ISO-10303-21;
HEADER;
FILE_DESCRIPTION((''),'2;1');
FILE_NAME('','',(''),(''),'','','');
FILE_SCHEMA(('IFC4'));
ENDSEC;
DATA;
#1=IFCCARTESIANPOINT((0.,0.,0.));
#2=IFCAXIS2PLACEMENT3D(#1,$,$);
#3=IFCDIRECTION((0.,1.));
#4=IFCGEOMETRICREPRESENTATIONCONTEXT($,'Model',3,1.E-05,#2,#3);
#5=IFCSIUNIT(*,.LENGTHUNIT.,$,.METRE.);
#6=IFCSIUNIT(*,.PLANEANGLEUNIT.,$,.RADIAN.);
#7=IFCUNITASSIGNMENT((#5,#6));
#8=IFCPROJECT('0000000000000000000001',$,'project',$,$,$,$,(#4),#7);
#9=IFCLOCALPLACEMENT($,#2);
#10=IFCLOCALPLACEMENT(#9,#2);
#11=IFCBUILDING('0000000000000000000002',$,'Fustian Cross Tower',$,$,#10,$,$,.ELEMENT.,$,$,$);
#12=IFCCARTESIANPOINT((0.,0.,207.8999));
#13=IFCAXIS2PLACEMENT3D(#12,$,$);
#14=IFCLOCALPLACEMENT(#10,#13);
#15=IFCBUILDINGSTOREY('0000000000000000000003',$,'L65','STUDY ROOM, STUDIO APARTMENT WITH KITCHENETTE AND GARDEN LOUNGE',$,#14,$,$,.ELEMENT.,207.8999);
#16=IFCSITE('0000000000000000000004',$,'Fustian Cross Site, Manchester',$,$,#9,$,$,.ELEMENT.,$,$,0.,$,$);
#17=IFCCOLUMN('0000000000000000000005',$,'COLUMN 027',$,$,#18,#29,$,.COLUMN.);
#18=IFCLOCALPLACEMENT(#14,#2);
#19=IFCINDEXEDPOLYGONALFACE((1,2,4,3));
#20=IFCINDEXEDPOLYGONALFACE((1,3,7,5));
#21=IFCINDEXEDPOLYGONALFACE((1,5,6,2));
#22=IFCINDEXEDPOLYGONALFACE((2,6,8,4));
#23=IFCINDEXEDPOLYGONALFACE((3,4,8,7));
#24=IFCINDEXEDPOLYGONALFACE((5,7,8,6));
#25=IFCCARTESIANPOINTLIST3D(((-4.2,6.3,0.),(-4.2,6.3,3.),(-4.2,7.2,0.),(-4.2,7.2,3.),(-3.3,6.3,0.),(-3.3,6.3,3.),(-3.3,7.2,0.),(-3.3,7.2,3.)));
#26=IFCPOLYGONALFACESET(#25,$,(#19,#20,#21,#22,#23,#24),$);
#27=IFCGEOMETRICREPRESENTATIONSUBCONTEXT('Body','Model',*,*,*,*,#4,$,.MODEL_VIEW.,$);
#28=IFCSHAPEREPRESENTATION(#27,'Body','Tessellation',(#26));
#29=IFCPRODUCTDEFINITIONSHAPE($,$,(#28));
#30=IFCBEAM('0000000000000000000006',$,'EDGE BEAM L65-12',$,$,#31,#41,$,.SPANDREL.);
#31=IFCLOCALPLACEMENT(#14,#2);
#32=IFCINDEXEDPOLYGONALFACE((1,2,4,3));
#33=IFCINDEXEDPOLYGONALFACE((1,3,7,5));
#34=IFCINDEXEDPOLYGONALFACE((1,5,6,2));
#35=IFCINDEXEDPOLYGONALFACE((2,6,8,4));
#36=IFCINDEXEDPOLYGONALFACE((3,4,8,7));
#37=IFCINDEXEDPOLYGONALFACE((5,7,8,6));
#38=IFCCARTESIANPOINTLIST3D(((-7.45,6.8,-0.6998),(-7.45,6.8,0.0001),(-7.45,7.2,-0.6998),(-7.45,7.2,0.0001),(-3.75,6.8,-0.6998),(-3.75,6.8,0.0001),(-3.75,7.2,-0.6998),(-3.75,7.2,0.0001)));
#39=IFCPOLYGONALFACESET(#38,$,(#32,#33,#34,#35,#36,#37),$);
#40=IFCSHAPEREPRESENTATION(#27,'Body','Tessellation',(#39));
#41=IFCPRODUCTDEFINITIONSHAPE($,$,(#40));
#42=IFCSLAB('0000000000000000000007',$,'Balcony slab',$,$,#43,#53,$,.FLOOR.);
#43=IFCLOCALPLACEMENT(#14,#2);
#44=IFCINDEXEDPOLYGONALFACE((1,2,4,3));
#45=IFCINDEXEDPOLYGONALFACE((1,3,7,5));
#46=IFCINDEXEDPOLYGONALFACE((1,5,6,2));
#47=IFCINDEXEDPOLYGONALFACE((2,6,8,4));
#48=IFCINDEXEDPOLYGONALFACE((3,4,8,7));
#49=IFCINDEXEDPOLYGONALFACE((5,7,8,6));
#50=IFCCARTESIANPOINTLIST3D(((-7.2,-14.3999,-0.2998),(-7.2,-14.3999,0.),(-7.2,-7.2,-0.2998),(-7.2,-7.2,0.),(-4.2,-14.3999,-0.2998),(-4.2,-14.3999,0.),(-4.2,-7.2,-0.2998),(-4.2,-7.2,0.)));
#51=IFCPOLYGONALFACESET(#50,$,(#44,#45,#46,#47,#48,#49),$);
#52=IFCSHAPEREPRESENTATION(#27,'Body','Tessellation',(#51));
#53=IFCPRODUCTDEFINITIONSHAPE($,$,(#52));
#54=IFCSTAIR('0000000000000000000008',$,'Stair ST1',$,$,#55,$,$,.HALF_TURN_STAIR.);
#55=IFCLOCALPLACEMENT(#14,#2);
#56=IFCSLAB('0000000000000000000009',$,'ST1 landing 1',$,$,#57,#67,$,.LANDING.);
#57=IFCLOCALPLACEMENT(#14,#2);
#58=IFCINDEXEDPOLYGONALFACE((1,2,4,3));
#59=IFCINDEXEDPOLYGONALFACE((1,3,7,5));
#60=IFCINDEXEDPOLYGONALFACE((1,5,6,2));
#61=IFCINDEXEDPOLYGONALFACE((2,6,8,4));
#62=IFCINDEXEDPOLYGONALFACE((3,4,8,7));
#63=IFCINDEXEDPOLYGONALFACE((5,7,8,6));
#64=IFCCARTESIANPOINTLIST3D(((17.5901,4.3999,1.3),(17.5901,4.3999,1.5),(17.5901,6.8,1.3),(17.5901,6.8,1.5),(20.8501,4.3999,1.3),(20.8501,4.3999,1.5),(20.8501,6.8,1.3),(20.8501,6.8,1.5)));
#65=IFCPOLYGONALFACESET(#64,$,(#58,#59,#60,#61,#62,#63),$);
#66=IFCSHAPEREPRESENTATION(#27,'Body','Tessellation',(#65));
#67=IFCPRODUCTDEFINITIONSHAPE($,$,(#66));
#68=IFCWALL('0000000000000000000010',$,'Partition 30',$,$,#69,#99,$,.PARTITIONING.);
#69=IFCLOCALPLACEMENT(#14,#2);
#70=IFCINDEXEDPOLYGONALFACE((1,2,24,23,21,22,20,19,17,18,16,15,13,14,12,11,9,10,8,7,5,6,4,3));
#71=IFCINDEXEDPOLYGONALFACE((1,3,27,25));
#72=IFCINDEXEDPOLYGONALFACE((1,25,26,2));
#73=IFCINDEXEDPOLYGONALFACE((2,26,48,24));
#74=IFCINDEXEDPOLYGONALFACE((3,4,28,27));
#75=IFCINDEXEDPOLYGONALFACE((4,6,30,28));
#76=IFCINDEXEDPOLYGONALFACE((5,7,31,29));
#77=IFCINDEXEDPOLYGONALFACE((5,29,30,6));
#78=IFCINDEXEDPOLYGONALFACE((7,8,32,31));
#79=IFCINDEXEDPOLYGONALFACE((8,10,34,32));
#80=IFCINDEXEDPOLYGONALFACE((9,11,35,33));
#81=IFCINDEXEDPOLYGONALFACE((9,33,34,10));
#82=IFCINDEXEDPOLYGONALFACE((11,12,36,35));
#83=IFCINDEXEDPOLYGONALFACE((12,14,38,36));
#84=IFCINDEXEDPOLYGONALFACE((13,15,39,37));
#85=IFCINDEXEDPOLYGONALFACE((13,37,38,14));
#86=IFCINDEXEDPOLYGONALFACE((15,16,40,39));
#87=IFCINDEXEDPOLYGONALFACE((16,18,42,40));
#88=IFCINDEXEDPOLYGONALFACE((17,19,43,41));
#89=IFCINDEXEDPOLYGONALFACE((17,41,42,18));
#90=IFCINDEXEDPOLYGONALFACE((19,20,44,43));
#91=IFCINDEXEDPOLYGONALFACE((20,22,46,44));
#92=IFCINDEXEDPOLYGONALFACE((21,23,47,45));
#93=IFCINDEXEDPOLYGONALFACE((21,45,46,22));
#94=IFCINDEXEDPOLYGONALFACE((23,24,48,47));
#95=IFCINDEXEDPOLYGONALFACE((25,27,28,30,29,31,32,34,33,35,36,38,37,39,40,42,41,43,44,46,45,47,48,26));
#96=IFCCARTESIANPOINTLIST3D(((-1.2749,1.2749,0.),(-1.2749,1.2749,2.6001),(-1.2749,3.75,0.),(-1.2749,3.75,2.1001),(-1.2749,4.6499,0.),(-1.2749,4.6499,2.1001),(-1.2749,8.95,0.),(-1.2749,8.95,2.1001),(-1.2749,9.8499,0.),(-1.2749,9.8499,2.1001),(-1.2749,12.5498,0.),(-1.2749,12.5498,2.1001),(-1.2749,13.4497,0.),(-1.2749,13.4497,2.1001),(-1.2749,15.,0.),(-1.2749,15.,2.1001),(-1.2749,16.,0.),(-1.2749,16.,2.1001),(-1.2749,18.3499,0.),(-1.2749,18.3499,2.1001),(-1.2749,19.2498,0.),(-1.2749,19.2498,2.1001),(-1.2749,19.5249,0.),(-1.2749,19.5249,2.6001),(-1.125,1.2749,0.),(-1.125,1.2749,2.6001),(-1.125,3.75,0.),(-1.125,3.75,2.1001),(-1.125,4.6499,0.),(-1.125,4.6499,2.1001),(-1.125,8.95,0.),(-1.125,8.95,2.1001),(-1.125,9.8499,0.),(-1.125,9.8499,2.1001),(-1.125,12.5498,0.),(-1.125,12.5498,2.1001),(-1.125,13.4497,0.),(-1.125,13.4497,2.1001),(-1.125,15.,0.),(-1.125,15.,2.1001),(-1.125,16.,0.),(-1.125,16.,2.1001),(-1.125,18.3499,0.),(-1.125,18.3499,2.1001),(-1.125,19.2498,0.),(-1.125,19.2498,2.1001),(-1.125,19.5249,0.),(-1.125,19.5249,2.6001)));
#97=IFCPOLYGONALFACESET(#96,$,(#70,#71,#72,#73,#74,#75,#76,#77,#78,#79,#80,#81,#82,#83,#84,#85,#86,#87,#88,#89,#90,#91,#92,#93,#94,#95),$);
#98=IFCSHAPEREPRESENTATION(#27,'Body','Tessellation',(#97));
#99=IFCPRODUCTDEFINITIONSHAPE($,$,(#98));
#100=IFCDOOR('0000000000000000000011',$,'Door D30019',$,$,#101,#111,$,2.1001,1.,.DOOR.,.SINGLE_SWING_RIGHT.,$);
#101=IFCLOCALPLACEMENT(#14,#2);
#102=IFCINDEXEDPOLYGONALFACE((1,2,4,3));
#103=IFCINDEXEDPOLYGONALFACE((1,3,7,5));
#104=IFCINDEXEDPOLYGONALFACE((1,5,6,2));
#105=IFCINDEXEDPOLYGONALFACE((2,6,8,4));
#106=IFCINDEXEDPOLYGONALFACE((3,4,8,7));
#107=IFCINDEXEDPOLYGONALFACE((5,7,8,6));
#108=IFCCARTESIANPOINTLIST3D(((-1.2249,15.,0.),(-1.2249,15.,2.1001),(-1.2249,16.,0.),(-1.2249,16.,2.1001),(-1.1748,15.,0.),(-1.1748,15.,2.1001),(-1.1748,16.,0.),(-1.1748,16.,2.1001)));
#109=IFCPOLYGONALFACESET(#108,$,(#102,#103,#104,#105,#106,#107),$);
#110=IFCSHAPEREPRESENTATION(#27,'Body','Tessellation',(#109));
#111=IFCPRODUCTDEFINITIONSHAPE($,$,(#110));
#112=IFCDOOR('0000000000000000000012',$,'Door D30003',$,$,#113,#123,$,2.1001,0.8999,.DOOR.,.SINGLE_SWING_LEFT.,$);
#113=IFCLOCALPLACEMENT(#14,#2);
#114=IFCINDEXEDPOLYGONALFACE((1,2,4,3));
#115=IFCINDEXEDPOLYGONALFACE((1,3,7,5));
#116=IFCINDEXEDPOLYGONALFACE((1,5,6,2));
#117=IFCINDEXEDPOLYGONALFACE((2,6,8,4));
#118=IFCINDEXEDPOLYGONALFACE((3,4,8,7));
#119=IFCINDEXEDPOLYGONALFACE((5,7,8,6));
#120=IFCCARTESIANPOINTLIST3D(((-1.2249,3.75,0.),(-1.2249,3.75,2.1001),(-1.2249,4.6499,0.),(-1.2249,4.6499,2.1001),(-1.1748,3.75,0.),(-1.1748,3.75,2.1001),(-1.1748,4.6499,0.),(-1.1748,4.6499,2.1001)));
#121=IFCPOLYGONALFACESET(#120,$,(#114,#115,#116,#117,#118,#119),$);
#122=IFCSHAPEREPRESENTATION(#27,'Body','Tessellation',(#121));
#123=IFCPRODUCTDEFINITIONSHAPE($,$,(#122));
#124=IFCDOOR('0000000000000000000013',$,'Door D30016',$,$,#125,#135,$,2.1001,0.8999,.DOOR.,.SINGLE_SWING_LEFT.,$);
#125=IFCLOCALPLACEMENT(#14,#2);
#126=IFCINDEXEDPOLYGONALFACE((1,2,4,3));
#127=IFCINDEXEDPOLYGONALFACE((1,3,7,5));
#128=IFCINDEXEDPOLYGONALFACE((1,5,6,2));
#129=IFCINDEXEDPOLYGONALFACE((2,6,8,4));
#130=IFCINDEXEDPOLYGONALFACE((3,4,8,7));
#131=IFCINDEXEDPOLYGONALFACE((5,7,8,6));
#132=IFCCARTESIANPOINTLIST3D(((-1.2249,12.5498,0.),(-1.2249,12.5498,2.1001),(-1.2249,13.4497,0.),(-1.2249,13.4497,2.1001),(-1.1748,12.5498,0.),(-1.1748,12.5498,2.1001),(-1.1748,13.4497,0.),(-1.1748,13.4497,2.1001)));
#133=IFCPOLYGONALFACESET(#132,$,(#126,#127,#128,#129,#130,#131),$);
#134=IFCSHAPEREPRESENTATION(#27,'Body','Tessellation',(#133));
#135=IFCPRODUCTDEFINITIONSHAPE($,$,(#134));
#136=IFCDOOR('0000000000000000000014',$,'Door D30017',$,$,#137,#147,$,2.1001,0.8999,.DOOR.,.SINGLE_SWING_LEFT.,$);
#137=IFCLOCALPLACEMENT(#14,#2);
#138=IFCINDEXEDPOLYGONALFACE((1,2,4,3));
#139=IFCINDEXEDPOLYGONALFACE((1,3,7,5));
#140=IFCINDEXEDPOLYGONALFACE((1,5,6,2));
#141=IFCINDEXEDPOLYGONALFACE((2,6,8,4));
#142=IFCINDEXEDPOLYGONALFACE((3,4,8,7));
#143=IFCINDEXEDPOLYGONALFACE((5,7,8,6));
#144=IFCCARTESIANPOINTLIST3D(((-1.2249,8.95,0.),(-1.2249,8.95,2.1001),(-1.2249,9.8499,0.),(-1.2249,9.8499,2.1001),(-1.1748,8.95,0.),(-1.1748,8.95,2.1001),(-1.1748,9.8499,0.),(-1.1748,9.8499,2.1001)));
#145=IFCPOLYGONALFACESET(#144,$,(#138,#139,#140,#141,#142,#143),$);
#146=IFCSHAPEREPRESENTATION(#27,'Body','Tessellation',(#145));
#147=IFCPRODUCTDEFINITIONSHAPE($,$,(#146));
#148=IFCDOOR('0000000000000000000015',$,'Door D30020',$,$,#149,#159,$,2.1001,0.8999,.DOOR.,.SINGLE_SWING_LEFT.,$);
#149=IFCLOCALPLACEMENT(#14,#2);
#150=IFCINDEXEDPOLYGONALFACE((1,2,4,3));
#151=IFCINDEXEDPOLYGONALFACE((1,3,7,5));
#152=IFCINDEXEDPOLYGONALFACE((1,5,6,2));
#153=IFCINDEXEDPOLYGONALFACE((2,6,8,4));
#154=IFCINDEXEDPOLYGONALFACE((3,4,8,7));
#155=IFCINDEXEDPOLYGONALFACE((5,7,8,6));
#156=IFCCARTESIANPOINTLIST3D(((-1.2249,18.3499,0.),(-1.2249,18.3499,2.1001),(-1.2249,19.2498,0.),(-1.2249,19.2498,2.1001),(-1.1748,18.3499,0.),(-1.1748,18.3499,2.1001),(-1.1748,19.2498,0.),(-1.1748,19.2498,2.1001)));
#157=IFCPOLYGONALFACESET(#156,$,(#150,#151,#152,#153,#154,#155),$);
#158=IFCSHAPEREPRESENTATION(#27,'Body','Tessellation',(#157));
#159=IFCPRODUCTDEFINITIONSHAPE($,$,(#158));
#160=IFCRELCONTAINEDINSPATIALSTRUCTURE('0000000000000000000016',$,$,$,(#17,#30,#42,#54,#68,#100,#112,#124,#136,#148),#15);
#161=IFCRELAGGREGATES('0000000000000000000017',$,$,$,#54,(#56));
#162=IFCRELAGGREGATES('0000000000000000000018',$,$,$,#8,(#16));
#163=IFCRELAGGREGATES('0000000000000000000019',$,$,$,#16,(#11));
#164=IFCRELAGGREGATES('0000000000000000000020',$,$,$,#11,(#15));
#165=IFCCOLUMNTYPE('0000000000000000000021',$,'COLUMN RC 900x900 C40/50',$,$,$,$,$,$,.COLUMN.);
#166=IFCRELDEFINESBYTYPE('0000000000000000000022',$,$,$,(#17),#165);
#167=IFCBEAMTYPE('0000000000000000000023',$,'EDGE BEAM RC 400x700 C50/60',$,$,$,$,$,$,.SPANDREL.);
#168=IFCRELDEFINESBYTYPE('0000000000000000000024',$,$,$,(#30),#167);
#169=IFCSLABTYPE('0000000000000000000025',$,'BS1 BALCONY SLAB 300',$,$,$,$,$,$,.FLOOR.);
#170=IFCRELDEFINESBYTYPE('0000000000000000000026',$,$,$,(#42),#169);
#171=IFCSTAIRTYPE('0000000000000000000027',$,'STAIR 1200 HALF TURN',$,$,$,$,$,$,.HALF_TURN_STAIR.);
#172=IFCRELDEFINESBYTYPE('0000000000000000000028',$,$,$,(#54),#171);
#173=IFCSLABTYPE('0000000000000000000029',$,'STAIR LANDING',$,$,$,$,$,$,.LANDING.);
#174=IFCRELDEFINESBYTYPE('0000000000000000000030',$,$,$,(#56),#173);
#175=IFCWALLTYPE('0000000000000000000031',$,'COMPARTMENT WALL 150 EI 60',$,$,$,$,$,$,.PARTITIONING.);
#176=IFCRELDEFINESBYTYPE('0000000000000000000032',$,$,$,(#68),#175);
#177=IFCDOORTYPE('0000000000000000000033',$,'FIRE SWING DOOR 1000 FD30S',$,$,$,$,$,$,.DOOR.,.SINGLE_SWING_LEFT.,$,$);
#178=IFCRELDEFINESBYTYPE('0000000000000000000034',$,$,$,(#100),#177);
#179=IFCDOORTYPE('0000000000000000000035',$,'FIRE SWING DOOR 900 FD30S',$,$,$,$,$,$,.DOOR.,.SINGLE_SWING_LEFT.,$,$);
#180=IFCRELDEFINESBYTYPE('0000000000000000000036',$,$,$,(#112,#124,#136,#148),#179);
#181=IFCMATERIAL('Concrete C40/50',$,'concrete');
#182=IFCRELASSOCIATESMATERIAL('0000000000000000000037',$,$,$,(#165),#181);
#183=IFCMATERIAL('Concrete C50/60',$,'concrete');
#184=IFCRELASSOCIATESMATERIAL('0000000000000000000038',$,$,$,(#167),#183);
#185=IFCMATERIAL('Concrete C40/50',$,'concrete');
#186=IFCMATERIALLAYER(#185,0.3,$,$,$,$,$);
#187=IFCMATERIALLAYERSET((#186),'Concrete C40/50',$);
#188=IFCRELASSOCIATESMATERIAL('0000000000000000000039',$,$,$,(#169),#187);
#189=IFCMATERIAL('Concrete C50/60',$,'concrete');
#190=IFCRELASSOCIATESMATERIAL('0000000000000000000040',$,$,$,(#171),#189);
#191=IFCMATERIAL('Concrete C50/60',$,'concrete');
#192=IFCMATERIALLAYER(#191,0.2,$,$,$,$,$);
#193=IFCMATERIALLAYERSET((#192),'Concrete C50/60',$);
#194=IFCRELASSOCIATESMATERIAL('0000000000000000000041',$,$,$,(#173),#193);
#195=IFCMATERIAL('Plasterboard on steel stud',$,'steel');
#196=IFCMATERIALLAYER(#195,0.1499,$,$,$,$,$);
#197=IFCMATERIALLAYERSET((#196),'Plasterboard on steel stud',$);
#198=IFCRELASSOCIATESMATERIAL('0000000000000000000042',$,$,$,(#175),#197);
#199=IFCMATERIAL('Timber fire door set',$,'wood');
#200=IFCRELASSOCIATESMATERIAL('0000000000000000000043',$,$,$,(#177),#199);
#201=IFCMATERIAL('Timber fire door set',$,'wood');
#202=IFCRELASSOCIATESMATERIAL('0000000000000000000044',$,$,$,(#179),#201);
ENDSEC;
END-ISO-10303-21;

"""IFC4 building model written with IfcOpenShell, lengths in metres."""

from ifc_helpers import new_model, si_unit, direction, frame, frame_2d, origin, origin_2d, place, context, subcontext, project, spatial, polyline, rectangle, outline, extrude, material, layer, layer_set, material_profile, profile_set, type_object, element, fill, aggregate, save


model = new_model("IFC4")

# Units and contexts
model_context = context("Model", 3, precision=1e-05, world=origin(), true_north=direction((0.0, 1.0)))
body_context = subcontext(model_context, "Body", "Model", "MODEL_VIEW")
ifc_project = project(units=[si_unit("LENGTHUNIT", "METRE"), si_unit("PLANEANGLEUNIT", "RADIAN")], contexts=[model_context])

# Site, building, storey
site_placement = place(None, origin())
site = spatial("IfcSite", under=ifc_project, at=site_placement, Name="Fustian Cross Site, Manchester", CompositionType="ELEMENT", RefElevation=0.0)
building_placement = place(site_placement, origin())
building = spatial("IfcBuilding", under=site, at=building_placement, Name="Fustian Cross Tower", CompositionType="ELEMENT")
storey_placement = place(building_placement, frame((0.0, 0.0, 207.8999)))
storey = spatial("IfcBuildingStorey", under=building, at=storey_placement, Name="L65", Description="STUDY ROOM, STUDIO APARTMENT WITH KITCHENETTE AND GARDEN LOUNGE", CompositionType="ELEMENT", Elevation=207.8999)

# Column
ifc_material_1 = material(Name="Concrete C40/50", Category="concrete")
ifc_material_profile_1 = material_profile(ifc_material_1, rectangle(XDim=0.8999, YDim=0.8999, at=origin_2d()), Name="RC 900x900")
ifc_profile_set_1 = profile_set([ifc_material_profile_1], Name="Concrete C40/50")
column_type = type_object("IfcColumnType", Name="COLUMN RC 900x900 C40/50", PredefinedType="COLUMN", material=ifc_profile_set_1)
column_placement = place(storey_placement, frame((-3.75, 6.75, 0.0), z_axis=(0.0, 0.0, 1.0), x_axis=(1.0, 0.0, 0.0)))
element("IfcColumn", 1, at=column_placement, inside=storey, type_object=column_type, Name="COLUMN 027", PredefinedType="COLUMN", context=body_context, shape_type="SweptSolid", body=[
    extrude(rectangle(XDim=0.8999, YDim=0.8999, at=origin_2d()), origin(), (0.0, 0.0, 1.0), 3.0),
])

# Beam
ifc_material_2 = material(Name="Concrete C50/60", Category="concrete")
ifc_material_profile_2 = material_profile(ifc_material_2, rectangle(XDim=0.3999, YDim=0.7, at=origin_2d()), Name="RC 400x700")
ifc_profile_set_2 = profile_set([ifc_material_profile_2], Name="Concrete C50/60")
beam_type = type_object("IfcBeamType", Name="EDGE BEAM RC 400x700 C50/60", PredefinedType="SPANDREL", material=ifc_profile_set_2)
beam_placement = place(storey_placement, frame((-3.75, 7.0, -0.3499), z_axis=(-1.0, 0.0, 0.0), x_axis=(0.0, -1.0, 0.0)))
element("IfcBeam", 2, at=beam_placement, inside=storey, type_object=beam_type, Name="EDGE BEAM L65-12", PredefinedType="SPANDREL", context=body_context, shape_type="SweptSolid", body=[
    extrude(rectangle(XDim=0.3999, YDim=0.7, at=origin_2d()), origin(), (0.0, 0.0, 1.0), 3.7),
])

# Slab
ifc_material_3 = material(Name="Concrete C40/50", Category="concrete")
ifc_layer_1 = layer(ifc_material_3, 0.3)
ifc_layer_set_1 = layer_set([ifc_layer_1], Name="Concrete C40/50")
slab_type_1 = type_object("IfcSlabType", Name="BS1 BALCONY SLAB 300", PredefinedType="FLOOR", material=ifc_layer_set_1)
slab_1_placement = place(storey_placement, frame((0.0, 0.0, -0.2998)))
element("IfcSlab", 3, at=slab_1_placement, inside=storey, type_object=slab_type_1, Name="Balcony slab", PredefinedType="FLOOR", context=body_context, shape_type="SweptSolid", body=[
    extrude(outline(polyline([(-7.2, -14.3999), (-4.2, -14.3999), (-4.2, -7.2), (-7.2, -7.2), (-7.2, -14.3999)])), origin(), (0.0, 0.0, 1.0), 0.2998),
])

# Stair, slab
ifc_material_4 = material(Name="Concrete C50/60", Category="concrete")
stair_type = type_object("IfcStairType", Name="STAIR 1200 HALF TURN", PredefinedType="HALF_TURN_STAIR", material=ifc_material_4)
stair_placement = place(storey_placement, origin())
stair = element("IfcStair", 4, at=stair_placement, inside=storey, type_object=stair_type, Name="Stair ST1", PredefinedType="HALF_TURN_STAIR")
ifc_material_5 = material(Name="Concrete C50/60", Category="concrete")
ifc_layer_2 = layer(ifc_material_5, 0.2)
ifc_layer_set_2 = layer_set([ifc_layer_2], Name="Concrete C50/60")
slab_type_2 = type_object("IfcSlabType", Name="STAIR LANDING", PredefinedType="LANDING", material=ifc_layer_set_2)
slab_2_placement = place(storey_placement, frame((0.0, 0.0, 1.3)))
slab_2 = element("IfcSlab", 5, at=slab_2_placement, type_object=slab_type_2, Name="ST1 landing 1", PredefinedType="LANDING", context=body_context, shape_type="SweptSolid", body=[
    extrude(outline(polyline([(17.5901, 4.3999), (20.8501, 4.3999), (20.8501, 6.8), (17.5901, 6.8), (17.5901, 4.3999)])), origin(), (0.0, 0.0, 1.0), 0.2),
])
aggregate(stair, [slab_2])

# Wall, openings, doors
ifc_material_6 = material(Name="Plasterboard on steel stud", Category="steel")
ifc_layer_3 = layer(ifc_material_6, 0.1499)
ifc_layer_set_3 = layer_set([ifc_layer_3], Name="Plasterboard on steel stud")
wall_type_1 = type_object("IfcWallType", Name="COMPARTMENT WALL 150 EI 60", PredefinedType="PARTITIONING", material=ifc_layer_set_3)
wall_1_placement = place(storey_placement, frame((-1.2, 1.2749, 0.0), z_axis=(0.0, 0.0, 1.0), x_axis=(0.0, 1.0, 0.0)))
wall_1 = element("IfcWall", 6, at=wall_1_placement, inside=storey, type_object=wall_type_1, Name="Partition 30", PredefinedType="PARTITIONING", context=body_context, shape_type="SweptSolid", body=[
    extrude(rectangle(XDim=18.25, YDim=0.1499, at=frame_2d((9.125, 0.0))), origin(), (0.0, 0.0, 1.0), 2.6001),
])
opening_1_placement = place(wall_1_placement, frame((2.4751, 0.0, 0.0)))
opening_1 = element("IfcOpeningElement", 7, at=opening_1_placement, cuts=wall_1, PredefinedType="OPENING", context=body_context, shape_type="SweptSolid", body=[
    extrude(rectangle(XDim=0.8999, YDim=2.1001, at=frame_2d((0.45, 1.05))), frame((0.0, 0.085, 0.0), z_axis=(0.0, -1.0, 0.0), x_axis=(1.0, 0.0, 0.0)), (0.0, 0.0, 1.0), 0.1699),
])
opening_2_placement = place(wall_1_placement, frame((11.2749, 0.0, 0.0)))
opening_2 = element("IfcOpeningElement", 8, at=opening_2_placement, cuts=wall_1, PredefinedType="OPENING", context=body_context, shape_type="SweptSolid", body=[
    extrude(rectangle(XDim=0.8999, YDim=2.1001, at=frame_2d((0.45, 1.05))), frame((0.0, 0.085, 0.0), z_axis=(0.0, -1.0, 0.0), x_axis=(1.0, 0.0, 0.0)), (0.0, 0.0, 1.0), 0.1699),
])
opening_3_placement = place(wall_1_placement, frame((7.675, 0.0, 0.0)))
opening_3 = element("IfcOpeningElement", 9, at=opening_3_placement, cuts=wall_1, PredefinedType="OPENING", context=body_context, shape_type="SweptSolid", body=[
    extrude(rectangle(XDim=0.8999, YDim=2.1001, at=frame_2d((0.45, 1.05))), frame((0.0, 0.085, 0.0), z_axis=(0.0, -1.0, 0.0), x_axis=(1.0, 0.0, 0.0)), (0.0, 0.0, 1.0), 0.1699),
])
opening_4_placement = place(wall_1_placement, frame((13.7251, 0.0, 0.0)))
opening_4 = element("IfcOpeningElement", 10, at=opening_4_placement, cuts=wall_1, PredefinedType="OPENING", context=body_context, shape_type="SweptSolid", body=[
    extrude(rectangle(XDim=1.0, YDim=2.1001, at=frame_2d((0.5, 1.05))), frame((0.0, 0.085, 0.0), z_axis=(0.0, -1.0, 0.0), x_axis=(1.0, 0.0, 0.0)), (0.0, 0.0, 1.0), 0.1699),
])
opening_5_placement = place(wall_1_placement, frame((17.075, 0.0, 0.0)))
opening_5 = element("IfcOpeningElement", 11, at=opening_5_placement, cuts=wall_1, PredefinedType="OPENING", context=body_context, shape_type="SweptSolid", body=[
    extrude(rectangle(XDim=0.8999, YDim=2.1001, at=frame_2d((0.45, 1.05))), frame((0.0, 0.085, 0.0), z_axis=(0.0, -1.0, 0.0), x_axis=(1.0, 0.0, 0.0)), (0.0, 0.0, 1.0), 0.1699),
])
ifc_material_7 = material(Name="Timber fire door set", Category="wood")
door_type_1 = type_object("IfcDoorType", Name="FIRE SWING DOOR 1000 FD30S", OperationType="SINGLE_SWING_LEFT", PredefinedType="DOOR", material=ifc_material_7)
door_1_placement = place(opening_4_placement, origin())
door_1 = element("IfcDoor", 12, at=door_1_placement, inside=storey, type_object=door_type_1, Name="Door D30019", OperationType="SINGLE_SWING_RIGHT", OverallHeight=2.1001, OverallWidth=1.0, PredefinedType="DOOR", context=body_context, shape_type="SweptSolid", body=[
    extrude(rectangle(XDim=1.0, YDim=2.1001, at=frame_2d((0.5, 1.05))), frame((0.0, 0.0249, 0.0), z_axis=(0.0, -1.0, 0.0), x_axis=(1.0, 0.0, 0.0)), (0.0, 0.0, 1.0), 0.05),
])
fill(opening_4, door_1)
ifc_material_8 = material(Name="Timber fire door set", Category="wood")
door_type_2 = type_object("IfcDoorType", Name="FIRE SWING DOOR 900 FD30S", OperationType="SINGLE_SWING_LEFT", PredefinedType="DOOR", material=ifc_material_8)
door_2_placement = place(opening_1_placement, origin())
door_2 = element("IfcDoor", 13, at=door_2_placement, inside=storey, type_object=door_type_2, Name="Door D30003", OperationType="SINGLE_SWING_LEFT", OverallHeight=2.1001, OverallWidth=0.8999, PredefinedType="DOOR", context=body_context, shape_type="SweptSolid", body=[
    extrude(rectangle(XDim=0.8999, YDim=2.1001, at=frame_2d((0.45, 1.05))), frame((0.0, 0.0249, 0.0), z_axis=(0.0, -1.0, 0.0), x_axis=(1.0, 0.0, 0.0)), (0.0, 0.0, 1.0), 0.05),
])
fill(opening_1, door_2)
door_3_placement = place(opening_2_placement, origin())
door_3 = element("IfcDoor", 14, at=door_3_placement, inside=storey, type_object=door_type_2, Name="Door D30016", OperationType="SINGLE_SWING_LEFT", OverallHeight=2.1001, OverallWidth=0.8999, PredefinedType="DOOR", context=body_context, shape_type="SweptSolid", body=[
    extrude(rectangle(XDim=0.8999, YDim=2.1001, at=frame_2d((0.45, 1.05))), frame((0.0, 0.0249, 0.0), z_axis=(0.0, -1.0, 0.0), x_axis=(1.0, 0.0, 0.0)), (0.0, 0.0, 1.0), 0.05),
])
fill(opening_2, door_3)
door_4_placement = place(opening_3_placement, origin())
door_4 = element("IfcDoor", 15, at=door_4_placement, inside=storey, type_object=door_type_2, Name="Door D30017", OperationType="SINGLE_SWING_LEFT", OverallHeight=2.1001, OverallWidth=0.8999, PredefinedType="DOOR", context=body_context, shape_type="SweptSolid", body=[
    extrude(rectangle(XDim=0.8999, YDim=2.1001, at=frame_2d((0.45, 1.05))), frame((0.0, 0.0249, 0.0), z_axis=(0.0, -1.0, 0.0), x_axis=(1.0, 0.0, 0.0)), (0.0, 0.0, 1.0), 0.05),
])
fill(opening_3, door_4)
door_5_placement = place(opening_5_placement, origin())
door_5 = element("IfcDoor", 16, at=door_5_placement, inside=storey, type_object=door_type_2, Name="Door D30020", OperationType="SINGLE_SWING_LEFT", OverallHeight=2.1001, OverallWidth=0.8999, PredefinedType="DOOR", context=body_context, shape_type="SweptSolid", body=[
    extrude(rectangle(XDim=0.8999, YDim=2.1001, at=frame_2d((0.45, 1.05))), frame((0.0, 0.0249, 0.0), z_axis=(0.0, -1.0, 0.0), x_axis=(1.0, 0.0, 0.0)), (0.0, 0.0, 1.0), 0.05),
])
fill(opening_5, door_5)

save(model, "model.ifc")
